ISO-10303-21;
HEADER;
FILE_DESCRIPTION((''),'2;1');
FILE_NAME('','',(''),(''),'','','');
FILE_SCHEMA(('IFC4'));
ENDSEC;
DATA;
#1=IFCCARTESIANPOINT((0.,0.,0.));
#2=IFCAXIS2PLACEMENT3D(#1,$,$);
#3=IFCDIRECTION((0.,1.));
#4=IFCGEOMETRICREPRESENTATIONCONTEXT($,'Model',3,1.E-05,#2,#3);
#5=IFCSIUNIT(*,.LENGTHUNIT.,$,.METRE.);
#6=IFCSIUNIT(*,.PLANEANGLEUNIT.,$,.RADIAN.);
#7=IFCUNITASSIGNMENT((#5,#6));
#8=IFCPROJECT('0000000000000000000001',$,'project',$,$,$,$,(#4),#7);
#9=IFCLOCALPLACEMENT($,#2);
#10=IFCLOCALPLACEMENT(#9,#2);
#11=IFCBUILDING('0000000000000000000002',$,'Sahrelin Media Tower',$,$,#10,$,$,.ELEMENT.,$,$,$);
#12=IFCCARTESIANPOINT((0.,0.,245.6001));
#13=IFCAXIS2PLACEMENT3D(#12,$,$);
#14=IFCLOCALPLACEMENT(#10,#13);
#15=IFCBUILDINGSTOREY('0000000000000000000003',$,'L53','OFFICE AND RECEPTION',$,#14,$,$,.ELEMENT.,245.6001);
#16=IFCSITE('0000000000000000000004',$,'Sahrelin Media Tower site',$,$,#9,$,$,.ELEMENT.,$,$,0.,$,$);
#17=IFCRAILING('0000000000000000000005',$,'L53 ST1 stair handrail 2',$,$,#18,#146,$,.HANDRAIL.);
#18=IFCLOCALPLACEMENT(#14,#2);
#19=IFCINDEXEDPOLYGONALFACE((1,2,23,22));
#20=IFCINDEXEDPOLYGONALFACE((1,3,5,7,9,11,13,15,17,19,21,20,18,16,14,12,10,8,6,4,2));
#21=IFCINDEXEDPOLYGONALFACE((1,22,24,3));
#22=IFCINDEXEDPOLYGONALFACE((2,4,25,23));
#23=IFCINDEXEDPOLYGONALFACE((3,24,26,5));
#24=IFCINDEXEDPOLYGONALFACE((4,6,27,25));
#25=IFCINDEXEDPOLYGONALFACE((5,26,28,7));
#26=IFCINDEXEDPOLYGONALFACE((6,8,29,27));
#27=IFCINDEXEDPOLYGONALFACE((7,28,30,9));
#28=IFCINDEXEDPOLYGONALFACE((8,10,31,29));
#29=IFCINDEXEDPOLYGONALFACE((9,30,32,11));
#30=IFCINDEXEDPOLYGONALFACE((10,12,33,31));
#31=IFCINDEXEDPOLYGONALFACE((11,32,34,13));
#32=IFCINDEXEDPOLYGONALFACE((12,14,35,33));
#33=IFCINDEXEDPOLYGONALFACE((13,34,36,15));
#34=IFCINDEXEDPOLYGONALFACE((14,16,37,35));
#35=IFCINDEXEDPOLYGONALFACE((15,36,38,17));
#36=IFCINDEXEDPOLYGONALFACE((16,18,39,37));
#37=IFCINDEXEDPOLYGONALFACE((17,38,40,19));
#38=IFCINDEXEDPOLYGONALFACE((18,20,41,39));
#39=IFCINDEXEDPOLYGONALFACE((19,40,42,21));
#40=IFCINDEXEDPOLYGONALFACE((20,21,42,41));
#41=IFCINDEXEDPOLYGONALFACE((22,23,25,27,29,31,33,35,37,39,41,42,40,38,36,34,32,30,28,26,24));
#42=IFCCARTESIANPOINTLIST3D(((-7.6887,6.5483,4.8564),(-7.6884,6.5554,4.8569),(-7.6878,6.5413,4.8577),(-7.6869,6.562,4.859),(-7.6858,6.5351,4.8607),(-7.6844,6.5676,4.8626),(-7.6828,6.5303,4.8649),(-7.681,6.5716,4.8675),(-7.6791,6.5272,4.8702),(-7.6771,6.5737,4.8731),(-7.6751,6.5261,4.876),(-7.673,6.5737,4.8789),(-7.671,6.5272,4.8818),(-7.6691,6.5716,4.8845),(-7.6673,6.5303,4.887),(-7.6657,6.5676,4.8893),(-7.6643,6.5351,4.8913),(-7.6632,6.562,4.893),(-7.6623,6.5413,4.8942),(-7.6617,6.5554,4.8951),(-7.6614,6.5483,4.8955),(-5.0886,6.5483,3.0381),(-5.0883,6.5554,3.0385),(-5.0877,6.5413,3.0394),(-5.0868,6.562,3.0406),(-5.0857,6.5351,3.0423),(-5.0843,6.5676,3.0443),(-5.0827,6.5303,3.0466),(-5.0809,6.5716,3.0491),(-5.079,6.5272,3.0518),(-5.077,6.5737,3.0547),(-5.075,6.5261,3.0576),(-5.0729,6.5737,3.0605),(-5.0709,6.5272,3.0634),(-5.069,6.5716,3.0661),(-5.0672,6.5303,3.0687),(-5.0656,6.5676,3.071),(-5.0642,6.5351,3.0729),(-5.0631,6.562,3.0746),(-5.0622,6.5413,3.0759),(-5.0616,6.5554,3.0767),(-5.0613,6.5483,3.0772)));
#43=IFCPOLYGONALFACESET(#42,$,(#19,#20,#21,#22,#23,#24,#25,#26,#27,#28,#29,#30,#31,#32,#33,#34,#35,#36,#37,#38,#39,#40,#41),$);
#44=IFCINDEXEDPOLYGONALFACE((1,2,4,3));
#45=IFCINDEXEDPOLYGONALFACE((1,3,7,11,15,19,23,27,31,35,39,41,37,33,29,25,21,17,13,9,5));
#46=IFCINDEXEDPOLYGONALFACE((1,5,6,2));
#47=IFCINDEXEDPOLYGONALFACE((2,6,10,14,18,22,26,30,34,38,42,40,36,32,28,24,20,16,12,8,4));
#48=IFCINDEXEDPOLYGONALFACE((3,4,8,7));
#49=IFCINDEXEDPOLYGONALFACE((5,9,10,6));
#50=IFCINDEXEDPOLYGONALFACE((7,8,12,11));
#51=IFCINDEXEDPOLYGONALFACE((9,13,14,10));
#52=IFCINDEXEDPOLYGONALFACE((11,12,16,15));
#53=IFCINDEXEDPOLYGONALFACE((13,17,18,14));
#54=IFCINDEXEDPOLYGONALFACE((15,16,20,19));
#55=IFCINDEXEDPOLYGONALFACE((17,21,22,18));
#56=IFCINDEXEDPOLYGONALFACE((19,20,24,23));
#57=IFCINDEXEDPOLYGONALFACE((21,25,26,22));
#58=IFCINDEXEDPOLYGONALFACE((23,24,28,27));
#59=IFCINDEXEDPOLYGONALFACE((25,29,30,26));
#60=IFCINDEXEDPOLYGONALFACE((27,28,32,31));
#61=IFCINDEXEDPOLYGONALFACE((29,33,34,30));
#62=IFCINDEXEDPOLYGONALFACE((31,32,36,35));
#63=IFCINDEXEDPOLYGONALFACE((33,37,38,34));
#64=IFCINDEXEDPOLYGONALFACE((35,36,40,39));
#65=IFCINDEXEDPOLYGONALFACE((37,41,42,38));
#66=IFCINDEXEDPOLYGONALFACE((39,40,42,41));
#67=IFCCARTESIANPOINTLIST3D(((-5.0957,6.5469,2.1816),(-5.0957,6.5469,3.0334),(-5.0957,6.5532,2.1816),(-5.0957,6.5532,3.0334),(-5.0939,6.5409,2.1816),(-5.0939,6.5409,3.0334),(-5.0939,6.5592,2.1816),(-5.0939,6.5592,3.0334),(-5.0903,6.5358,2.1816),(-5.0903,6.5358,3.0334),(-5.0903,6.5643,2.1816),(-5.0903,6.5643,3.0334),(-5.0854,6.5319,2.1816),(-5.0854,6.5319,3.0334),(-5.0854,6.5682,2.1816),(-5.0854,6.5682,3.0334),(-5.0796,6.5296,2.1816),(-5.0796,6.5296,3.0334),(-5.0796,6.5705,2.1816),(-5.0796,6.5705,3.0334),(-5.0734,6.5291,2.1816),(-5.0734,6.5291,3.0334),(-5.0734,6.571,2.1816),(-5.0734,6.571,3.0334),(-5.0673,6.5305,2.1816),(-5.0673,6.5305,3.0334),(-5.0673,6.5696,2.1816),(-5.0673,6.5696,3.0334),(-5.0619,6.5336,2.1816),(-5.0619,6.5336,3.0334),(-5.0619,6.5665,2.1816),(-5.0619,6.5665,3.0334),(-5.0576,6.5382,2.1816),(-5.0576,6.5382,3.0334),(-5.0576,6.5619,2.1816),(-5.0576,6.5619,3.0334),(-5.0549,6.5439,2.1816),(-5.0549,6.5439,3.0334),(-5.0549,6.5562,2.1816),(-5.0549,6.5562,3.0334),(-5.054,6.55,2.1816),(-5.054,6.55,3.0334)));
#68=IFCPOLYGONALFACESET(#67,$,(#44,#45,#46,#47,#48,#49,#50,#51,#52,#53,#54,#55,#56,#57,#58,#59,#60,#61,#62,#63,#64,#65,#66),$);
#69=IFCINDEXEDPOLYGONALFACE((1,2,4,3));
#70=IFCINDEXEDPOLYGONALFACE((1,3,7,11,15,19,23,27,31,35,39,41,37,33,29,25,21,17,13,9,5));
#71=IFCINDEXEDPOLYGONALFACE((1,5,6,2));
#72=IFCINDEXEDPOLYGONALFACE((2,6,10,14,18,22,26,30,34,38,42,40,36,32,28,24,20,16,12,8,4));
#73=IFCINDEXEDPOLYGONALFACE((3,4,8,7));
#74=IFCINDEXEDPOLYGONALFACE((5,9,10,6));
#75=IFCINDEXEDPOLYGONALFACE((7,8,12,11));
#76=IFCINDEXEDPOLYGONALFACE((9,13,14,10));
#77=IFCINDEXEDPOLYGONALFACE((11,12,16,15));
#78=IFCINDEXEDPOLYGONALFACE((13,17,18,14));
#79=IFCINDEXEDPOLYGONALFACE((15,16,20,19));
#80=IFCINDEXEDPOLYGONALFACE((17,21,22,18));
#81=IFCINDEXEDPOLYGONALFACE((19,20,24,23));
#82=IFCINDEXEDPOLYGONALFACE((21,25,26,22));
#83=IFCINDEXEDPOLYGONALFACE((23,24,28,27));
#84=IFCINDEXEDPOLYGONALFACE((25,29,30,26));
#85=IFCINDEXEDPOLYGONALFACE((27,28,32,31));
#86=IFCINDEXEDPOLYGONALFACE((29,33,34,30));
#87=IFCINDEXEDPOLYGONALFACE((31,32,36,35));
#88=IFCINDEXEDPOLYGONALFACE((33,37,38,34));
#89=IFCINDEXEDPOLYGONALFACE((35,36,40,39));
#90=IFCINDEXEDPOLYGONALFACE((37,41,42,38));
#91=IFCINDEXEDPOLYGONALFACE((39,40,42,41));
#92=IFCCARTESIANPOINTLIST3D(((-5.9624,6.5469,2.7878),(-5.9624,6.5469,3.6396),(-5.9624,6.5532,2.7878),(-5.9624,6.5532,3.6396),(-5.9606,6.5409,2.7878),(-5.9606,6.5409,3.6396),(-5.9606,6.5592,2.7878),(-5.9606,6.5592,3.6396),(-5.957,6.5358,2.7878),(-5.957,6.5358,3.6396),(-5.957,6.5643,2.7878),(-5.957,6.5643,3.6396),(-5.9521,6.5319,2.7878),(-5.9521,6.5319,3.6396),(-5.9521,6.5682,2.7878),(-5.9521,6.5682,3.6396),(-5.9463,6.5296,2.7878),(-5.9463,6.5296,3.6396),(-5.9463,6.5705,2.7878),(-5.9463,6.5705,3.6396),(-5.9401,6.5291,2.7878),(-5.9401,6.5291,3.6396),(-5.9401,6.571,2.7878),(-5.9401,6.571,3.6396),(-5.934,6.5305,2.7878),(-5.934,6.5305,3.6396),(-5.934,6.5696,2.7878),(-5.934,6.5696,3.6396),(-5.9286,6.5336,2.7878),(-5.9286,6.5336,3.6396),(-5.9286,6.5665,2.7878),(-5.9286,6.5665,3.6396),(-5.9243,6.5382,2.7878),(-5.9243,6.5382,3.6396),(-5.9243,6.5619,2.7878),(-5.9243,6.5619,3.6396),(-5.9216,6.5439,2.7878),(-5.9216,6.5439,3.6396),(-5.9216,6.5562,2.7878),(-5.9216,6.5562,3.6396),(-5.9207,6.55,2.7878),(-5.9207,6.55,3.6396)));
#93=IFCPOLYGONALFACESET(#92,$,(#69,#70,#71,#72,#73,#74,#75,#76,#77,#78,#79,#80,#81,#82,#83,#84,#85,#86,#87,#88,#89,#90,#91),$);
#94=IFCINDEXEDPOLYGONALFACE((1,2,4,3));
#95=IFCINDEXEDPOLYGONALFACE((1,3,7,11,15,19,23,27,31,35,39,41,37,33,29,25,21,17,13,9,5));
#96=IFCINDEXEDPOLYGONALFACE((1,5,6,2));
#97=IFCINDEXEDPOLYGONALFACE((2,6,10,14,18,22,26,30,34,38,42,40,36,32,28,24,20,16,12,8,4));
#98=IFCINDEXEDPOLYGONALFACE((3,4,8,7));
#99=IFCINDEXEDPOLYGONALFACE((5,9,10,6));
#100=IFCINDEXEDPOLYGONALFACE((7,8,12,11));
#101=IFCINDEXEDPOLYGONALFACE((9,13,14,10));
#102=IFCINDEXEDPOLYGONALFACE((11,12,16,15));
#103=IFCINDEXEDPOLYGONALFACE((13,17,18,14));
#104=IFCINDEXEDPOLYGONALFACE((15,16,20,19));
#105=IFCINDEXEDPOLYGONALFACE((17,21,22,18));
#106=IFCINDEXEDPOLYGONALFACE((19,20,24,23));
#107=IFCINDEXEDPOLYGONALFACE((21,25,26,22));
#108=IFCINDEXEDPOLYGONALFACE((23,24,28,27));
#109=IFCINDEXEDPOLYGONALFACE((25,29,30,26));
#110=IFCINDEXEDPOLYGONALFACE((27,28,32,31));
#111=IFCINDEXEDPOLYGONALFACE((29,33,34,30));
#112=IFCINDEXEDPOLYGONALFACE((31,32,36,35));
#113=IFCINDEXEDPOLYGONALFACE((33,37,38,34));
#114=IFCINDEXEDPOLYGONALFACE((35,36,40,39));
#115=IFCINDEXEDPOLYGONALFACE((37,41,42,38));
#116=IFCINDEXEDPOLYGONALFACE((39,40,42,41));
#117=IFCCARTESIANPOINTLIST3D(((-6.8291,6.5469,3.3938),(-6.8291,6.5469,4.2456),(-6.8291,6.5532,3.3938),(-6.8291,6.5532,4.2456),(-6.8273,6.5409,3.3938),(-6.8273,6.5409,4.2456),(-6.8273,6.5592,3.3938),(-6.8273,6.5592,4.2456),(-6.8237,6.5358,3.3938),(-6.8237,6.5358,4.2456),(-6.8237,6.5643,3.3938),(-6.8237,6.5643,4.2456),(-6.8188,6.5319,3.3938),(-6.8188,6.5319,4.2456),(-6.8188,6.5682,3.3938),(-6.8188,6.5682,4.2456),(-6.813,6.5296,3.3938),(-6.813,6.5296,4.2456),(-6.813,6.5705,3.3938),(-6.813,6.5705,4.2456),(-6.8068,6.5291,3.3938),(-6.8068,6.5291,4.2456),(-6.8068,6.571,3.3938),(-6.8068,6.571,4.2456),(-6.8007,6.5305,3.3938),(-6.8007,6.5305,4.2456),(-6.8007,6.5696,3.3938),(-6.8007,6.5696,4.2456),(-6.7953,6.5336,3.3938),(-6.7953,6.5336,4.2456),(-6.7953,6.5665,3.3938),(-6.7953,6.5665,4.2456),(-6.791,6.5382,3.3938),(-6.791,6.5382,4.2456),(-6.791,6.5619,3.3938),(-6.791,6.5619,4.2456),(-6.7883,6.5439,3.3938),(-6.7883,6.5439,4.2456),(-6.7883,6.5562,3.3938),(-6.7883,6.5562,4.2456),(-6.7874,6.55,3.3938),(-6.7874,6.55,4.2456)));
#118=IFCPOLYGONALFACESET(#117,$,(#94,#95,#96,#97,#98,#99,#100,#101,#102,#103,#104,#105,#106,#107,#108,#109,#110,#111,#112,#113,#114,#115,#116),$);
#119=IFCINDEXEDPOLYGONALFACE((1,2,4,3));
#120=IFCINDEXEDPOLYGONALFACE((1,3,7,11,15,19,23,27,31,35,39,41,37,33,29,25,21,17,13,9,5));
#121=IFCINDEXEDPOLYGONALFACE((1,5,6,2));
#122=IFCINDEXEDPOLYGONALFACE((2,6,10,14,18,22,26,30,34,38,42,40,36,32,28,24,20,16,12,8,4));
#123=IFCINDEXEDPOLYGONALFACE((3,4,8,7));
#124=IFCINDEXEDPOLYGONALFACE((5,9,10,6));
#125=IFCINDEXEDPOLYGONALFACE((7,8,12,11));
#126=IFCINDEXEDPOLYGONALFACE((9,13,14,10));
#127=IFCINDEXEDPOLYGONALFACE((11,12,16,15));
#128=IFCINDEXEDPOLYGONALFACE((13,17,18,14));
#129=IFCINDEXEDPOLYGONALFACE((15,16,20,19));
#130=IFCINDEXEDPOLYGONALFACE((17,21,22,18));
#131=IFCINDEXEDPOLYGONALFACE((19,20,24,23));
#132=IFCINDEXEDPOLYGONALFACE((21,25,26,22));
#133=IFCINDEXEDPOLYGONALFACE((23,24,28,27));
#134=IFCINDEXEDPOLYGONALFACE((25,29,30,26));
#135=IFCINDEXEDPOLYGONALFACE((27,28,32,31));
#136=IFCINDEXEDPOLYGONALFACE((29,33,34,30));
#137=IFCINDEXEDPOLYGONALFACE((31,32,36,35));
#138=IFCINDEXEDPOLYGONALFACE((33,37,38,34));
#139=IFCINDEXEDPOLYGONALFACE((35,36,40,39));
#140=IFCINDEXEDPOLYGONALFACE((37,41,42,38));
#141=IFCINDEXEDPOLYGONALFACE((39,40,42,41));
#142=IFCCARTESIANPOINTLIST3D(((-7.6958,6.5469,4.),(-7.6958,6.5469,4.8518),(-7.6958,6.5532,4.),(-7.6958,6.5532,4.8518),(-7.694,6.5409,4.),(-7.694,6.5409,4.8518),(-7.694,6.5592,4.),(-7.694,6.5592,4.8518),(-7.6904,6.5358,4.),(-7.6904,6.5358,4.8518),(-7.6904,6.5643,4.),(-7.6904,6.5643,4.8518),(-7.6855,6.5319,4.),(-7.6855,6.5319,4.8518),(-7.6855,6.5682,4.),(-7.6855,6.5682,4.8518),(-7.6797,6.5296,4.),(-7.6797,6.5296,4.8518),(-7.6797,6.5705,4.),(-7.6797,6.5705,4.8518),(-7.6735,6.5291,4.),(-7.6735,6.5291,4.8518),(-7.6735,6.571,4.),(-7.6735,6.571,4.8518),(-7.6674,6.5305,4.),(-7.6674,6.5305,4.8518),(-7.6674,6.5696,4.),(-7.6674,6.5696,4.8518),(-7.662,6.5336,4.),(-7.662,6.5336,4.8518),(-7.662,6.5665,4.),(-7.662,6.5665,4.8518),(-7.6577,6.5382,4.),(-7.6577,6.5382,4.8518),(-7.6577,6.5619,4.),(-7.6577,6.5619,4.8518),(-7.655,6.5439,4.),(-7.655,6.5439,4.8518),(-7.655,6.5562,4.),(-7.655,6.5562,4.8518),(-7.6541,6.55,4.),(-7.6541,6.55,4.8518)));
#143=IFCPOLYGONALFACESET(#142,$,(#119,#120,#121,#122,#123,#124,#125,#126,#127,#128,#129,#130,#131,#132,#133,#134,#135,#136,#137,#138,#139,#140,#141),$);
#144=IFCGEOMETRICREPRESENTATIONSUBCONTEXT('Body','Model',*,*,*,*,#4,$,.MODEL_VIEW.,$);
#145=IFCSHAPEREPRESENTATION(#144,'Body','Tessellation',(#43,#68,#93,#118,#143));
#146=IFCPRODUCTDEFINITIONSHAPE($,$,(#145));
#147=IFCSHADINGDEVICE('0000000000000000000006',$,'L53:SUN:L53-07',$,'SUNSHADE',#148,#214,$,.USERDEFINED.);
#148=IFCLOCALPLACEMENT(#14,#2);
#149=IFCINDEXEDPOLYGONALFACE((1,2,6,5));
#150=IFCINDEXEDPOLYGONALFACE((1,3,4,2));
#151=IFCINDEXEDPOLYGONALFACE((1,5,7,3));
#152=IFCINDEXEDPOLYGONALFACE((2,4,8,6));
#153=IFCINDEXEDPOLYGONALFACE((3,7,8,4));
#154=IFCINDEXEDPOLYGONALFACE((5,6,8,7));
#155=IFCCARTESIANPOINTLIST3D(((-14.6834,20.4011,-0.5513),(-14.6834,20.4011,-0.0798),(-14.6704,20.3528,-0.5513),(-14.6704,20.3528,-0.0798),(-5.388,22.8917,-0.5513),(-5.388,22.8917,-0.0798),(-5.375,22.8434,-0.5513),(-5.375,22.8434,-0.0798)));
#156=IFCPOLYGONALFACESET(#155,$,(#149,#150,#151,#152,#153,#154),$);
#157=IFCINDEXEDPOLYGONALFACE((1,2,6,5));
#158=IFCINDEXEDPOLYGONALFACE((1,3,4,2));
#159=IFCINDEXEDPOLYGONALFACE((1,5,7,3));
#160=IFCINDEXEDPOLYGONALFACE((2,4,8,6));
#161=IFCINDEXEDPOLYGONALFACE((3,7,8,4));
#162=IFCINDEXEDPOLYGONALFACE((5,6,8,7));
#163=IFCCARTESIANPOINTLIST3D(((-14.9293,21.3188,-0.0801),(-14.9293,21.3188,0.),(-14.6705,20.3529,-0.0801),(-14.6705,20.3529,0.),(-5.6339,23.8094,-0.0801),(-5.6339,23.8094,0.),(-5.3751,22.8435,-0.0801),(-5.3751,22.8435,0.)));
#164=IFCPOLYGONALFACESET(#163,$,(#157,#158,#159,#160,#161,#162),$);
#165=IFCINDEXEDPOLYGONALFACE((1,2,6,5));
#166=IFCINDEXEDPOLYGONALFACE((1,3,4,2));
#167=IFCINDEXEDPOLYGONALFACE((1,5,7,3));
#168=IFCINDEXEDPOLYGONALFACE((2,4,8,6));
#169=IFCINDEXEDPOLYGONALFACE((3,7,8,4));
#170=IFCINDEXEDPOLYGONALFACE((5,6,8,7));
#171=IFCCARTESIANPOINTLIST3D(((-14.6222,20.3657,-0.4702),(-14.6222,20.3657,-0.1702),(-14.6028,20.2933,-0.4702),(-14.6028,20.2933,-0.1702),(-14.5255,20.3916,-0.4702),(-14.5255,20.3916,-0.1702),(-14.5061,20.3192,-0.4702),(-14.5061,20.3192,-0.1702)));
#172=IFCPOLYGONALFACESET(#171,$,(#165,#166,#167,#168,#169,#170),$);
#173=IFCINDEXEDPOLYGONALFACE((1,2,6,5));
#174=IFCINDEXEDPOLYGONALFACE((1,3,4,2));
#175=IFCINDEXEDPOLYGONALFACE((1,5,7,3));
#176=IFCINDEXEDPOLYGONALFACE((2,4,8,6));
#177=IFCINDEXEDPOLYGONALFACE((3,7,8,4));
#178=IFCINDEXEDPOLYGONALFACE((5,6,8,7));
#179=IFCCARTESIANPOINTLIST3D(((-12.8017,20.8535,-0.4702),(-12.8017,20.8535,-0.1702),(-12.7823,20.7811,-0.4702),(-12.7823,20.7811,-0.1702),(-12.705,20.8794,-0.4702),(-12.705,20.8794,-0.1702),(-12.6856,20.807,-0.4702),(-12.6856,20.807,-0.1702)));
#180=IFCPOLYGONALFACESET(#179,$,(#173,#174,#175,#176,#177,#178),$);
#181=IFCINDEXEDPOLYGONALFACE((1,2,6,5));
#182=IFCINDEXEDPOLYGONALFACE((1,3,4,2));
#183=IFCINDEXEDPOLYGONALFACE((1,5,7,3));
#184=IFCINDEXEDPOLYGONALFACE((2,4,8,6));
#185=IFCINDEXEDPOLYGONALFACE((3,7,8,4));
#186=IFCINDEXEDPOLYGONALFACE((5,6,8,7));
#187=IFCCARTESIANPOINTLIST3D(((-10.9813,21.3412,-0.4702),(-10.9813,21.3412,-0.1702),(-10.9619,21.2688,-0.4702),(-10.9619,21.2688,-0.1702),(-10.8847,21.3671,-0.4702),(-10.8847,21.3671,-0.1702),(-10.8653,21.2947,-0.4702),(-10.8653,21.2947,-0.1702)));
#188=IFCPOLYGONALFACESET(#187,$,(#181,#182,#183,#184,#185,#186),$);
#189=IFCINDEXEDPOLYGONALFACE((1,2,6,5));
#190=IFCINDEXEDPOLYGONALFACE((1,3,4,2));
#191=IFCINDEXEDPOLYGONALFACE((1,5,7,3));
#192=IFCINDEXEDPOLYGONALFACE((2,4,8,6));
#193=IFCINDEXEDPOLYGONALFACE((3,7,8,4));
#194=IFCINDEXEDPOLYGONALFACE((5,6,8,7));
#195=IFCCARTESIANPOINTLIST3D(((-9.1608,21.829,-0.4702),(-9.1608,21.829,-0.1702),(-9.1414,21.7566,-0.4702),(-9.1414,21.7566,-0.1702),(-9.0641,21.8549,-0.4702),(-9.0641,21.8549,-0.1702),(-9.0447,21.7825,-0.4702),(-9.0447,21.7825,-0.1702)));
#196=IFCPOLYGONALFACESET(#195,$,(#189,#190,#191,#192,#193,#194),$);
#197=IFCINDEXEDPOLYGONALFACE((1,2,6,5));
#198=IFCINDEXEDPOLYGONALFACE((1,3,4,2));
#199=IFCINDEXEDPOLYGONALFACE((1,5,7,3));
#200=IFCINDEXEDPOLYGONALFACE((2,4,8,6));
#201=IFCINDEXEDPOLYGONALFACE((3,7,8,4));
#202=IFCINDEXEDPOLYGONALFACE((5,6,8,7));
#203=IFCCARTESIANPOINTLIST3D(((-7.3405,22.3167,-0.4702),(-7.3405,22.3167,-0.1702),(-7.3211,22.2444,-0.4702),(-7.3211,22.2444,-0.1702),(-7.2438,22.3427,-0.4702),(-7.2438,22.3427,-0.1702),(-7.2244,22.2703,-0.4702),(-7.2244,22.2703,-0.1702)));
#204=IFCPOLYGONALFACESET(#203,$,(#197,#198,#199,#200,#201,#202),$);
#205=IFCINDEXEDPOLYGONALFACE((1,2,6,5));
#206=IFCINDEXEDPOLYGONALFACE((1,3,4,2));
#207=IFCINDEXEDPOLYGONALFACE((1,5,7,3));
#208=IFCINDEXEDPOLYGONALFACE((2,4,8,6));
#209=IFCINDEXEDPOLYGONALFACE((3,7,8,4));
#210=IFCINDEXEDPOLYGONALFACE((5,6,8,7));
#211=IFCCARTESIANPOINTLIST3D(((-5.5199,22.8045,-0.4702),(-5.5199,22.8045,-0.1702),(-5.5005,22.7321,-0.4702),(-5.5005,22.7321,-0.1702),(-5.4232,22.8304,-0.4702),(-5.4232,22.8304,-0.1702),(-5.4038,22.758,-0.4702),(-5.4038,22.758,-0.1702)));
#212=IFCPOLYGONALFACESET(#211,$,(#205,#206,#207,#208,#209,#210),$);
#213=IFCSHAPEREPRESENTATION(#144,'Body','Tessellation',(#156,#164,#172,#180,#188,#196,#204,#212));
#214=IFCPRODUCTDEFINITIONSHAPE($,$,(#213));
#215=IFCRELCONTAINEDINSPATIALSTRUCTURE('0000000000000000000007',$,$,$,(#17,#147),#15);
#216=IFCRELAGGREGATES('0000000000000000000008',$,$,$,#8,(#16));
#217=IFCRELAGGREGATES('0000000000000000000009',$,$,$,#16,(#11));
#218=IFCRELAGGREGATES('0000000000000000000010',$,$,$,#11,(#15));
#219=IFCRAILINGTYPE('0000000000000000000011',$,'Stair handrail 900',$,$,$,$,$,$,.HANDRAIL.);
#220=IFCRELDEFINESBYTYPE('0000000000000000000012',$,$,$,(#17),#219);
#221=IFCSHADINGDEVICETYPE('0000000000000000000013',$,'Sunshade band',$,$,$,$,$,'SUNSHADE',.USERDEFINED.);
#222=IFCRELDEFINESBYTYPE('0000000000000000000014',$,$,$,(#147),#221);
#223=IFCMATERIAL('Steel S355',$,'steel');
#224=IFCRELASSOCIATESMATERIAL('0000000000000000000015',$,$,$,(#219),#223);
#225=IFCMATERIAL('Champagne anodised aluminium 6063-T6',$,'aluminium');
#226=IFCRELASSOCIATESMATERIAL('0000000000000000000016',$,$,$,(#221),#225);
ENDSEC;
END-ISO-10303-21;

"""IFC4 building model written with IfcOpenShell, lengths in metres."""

from ifc_helpers import new_model, si_unit, direction, frame, origin, origin_2d, place, context, subcontext, project, spatial, rectangle, circle, extrude, material, type_object, element, save


model = new_model("IFC4")

# Units and contexts
model_context = context("Model", 3, precision=1e-05, world=origin(), true_north=direction((0.0, 1.0)))
body_context = subcontext(model_context, "Body", "Model", "MODEL_VIEW")
ifc_project = project(units=[si_unit("LENGTHUNIT", "METRE"), si_unit("PLANEANGLEUNIT", "RADIAN")], contexts=[model_context])

# Site, building, storey
site_placement = place(None, origin())
site = spatial("IfcSite", under=ifc_project, at=site_placement, Name="Sahrelin Media Tower site", CompositionType="ELEMENT", RefElevation=0.0)
building_placement = place(site_placement, origin())
building = spatial("IfcBuilding", under=site, at=building_placement, Name="Sahrelin Media Tower", CompositionType="ELEMENT")
storey_placement = place(building_placement, frame((0.0, 0.0, 245.6001)))
storey = spatial("IfcBuildingStorey", under=building, at=storey_placement, Name="L53", Description="OFFICE AND RECEPTION", CompositionType="ELEMENT", Elevation=245.6001)

# Shared definitions
ifc_material_1 = material(Name="Steel S355", Category="steel")

# Shared definitions
ifc_material_2 = material(Name="Champagne anodised aluminium 6063-T6", Category="aluminium")

# Shared definitions
placement = place(storey_placement, frame((-10.0176, 21.5789, 0.0), z_axis=(0.0, 0.0, 1.0), x_axis=(0.965929, 0.258808, 0.0)))

# Railing
railing_type = type_object("IfcRailingType", Name="Stair handrail 900", PredefinedType="HANDRAIL", material=ifc_material_1)
railing_placement = place(storey_placement, frame((-5.075, 6.55, 2.1816)))
element("IfcRailing", 1, at=railing_placement, inside=storey, type_object=railing_type, Name="L53 ST1 stair handrail 2", PredefinedType="HANDRAIL", context=body_context, shape_type="SweptSolid", body=[
    extrude(circle(Radius=0.0239, at=origin_2d()), frame((0.0, 0.0, 0.876), z_axis=(-0.819485, 0.0, 0.573101), x_axis=(0.0, -1.0, 0.0)), (0.0, 0.0, 1.0), 3.1729),
    extrude(circle(Radius=0.021, at=origin_2d()), origin(), (0.0, 0.0, 1.0), 0.8518),
    extrude(circle(Radius=0.021, at=origin_2d()), frame((-0.8667, 0.0, 0.6062)), (0.0, 0.0, 1.0), 0.8518),
    extrude(circle(Radius=0.021, at=origin_2d()), frame((-1.7334, 0.0, 1.2122)), (0.0, 0.0, 1.0), 0.8518),
    extrude(circle(Radius=0.021, at=origin_2d()), frame((-2.6001, 0.0, 1.8184)), (0.0, 0.0, 1.0), 0.8518),
])

# Shading device
shading_device_type_1 = type_object("IfcShadingDeviceType", Name="Sunshade band", ElementType="SUNSHADE", PredefinedType="USERDEFINED", material=ifc_material_2)
element("IfcShadingDevice", 2, at=placement, inside=storey, type_object=shading_device_type_1, Name="L53:SUN:L53-07", ObjectType="SUNSHADE", PredefinedType="USERDEFINED", context=body_context, shape_type="SweptSolid", body=[
    extrude(rectangle(XDim=9.6233, YDim=0.05, at=origin_2d()), frame((0.0, 0.0449, -0.5513)), (0.0, 0.0, 1.0), 0.4714),
    extrude(rectangle(XDim=9.6233, YDim=1.0, at=origin_2d()), frame((0.0, 0.52, -0.0801)), (0.0, 0.0, 1.0), 0.0801),
    extrude(rectangle(XDim=0.1001, YDim=0.075, at=origin_2d()), frame((-4.7117, -0.0176, -0.4702)), (0.0, 0.0, 1.0), 0.3),
    extrude(rectangle(XDim=0.1001, YDim=0.075, at=origin_2d()), frame((-2.8269, -0.0176, -0.4702)), (0.0, 0.0, 1.0), 0.3),
    extrude(rectangle(XDim=0.1001, YDim=0.075, at=origin_2d()), frame((-0.9424, -0.0176, -0.4702)), (0.0, 0.0, 1.0), 0.3),
    extrude(rectangle(XDim=0.1001, YDim=0.075, at=origin_2d()), frame((0.9424, -0.0176, -0.4702)), (0.0, 0.0, 1.0), 0.3),
    extrude(rectangle(XDim=0.1001, YDim=0.075, at=origin_2d()), frame((2.8269, -0.0176, -0.4702)), (0.0, 0.0, 1.0), 0.3),
    extrude(rectangle(XDim=0.1001, YDim=0.075, at=origin_2d()), frame((4.7117, -0.0176, -0.4702)), (0.0, 0.0, 1.0), 0.3),
])

save(model, "model.ifc")
